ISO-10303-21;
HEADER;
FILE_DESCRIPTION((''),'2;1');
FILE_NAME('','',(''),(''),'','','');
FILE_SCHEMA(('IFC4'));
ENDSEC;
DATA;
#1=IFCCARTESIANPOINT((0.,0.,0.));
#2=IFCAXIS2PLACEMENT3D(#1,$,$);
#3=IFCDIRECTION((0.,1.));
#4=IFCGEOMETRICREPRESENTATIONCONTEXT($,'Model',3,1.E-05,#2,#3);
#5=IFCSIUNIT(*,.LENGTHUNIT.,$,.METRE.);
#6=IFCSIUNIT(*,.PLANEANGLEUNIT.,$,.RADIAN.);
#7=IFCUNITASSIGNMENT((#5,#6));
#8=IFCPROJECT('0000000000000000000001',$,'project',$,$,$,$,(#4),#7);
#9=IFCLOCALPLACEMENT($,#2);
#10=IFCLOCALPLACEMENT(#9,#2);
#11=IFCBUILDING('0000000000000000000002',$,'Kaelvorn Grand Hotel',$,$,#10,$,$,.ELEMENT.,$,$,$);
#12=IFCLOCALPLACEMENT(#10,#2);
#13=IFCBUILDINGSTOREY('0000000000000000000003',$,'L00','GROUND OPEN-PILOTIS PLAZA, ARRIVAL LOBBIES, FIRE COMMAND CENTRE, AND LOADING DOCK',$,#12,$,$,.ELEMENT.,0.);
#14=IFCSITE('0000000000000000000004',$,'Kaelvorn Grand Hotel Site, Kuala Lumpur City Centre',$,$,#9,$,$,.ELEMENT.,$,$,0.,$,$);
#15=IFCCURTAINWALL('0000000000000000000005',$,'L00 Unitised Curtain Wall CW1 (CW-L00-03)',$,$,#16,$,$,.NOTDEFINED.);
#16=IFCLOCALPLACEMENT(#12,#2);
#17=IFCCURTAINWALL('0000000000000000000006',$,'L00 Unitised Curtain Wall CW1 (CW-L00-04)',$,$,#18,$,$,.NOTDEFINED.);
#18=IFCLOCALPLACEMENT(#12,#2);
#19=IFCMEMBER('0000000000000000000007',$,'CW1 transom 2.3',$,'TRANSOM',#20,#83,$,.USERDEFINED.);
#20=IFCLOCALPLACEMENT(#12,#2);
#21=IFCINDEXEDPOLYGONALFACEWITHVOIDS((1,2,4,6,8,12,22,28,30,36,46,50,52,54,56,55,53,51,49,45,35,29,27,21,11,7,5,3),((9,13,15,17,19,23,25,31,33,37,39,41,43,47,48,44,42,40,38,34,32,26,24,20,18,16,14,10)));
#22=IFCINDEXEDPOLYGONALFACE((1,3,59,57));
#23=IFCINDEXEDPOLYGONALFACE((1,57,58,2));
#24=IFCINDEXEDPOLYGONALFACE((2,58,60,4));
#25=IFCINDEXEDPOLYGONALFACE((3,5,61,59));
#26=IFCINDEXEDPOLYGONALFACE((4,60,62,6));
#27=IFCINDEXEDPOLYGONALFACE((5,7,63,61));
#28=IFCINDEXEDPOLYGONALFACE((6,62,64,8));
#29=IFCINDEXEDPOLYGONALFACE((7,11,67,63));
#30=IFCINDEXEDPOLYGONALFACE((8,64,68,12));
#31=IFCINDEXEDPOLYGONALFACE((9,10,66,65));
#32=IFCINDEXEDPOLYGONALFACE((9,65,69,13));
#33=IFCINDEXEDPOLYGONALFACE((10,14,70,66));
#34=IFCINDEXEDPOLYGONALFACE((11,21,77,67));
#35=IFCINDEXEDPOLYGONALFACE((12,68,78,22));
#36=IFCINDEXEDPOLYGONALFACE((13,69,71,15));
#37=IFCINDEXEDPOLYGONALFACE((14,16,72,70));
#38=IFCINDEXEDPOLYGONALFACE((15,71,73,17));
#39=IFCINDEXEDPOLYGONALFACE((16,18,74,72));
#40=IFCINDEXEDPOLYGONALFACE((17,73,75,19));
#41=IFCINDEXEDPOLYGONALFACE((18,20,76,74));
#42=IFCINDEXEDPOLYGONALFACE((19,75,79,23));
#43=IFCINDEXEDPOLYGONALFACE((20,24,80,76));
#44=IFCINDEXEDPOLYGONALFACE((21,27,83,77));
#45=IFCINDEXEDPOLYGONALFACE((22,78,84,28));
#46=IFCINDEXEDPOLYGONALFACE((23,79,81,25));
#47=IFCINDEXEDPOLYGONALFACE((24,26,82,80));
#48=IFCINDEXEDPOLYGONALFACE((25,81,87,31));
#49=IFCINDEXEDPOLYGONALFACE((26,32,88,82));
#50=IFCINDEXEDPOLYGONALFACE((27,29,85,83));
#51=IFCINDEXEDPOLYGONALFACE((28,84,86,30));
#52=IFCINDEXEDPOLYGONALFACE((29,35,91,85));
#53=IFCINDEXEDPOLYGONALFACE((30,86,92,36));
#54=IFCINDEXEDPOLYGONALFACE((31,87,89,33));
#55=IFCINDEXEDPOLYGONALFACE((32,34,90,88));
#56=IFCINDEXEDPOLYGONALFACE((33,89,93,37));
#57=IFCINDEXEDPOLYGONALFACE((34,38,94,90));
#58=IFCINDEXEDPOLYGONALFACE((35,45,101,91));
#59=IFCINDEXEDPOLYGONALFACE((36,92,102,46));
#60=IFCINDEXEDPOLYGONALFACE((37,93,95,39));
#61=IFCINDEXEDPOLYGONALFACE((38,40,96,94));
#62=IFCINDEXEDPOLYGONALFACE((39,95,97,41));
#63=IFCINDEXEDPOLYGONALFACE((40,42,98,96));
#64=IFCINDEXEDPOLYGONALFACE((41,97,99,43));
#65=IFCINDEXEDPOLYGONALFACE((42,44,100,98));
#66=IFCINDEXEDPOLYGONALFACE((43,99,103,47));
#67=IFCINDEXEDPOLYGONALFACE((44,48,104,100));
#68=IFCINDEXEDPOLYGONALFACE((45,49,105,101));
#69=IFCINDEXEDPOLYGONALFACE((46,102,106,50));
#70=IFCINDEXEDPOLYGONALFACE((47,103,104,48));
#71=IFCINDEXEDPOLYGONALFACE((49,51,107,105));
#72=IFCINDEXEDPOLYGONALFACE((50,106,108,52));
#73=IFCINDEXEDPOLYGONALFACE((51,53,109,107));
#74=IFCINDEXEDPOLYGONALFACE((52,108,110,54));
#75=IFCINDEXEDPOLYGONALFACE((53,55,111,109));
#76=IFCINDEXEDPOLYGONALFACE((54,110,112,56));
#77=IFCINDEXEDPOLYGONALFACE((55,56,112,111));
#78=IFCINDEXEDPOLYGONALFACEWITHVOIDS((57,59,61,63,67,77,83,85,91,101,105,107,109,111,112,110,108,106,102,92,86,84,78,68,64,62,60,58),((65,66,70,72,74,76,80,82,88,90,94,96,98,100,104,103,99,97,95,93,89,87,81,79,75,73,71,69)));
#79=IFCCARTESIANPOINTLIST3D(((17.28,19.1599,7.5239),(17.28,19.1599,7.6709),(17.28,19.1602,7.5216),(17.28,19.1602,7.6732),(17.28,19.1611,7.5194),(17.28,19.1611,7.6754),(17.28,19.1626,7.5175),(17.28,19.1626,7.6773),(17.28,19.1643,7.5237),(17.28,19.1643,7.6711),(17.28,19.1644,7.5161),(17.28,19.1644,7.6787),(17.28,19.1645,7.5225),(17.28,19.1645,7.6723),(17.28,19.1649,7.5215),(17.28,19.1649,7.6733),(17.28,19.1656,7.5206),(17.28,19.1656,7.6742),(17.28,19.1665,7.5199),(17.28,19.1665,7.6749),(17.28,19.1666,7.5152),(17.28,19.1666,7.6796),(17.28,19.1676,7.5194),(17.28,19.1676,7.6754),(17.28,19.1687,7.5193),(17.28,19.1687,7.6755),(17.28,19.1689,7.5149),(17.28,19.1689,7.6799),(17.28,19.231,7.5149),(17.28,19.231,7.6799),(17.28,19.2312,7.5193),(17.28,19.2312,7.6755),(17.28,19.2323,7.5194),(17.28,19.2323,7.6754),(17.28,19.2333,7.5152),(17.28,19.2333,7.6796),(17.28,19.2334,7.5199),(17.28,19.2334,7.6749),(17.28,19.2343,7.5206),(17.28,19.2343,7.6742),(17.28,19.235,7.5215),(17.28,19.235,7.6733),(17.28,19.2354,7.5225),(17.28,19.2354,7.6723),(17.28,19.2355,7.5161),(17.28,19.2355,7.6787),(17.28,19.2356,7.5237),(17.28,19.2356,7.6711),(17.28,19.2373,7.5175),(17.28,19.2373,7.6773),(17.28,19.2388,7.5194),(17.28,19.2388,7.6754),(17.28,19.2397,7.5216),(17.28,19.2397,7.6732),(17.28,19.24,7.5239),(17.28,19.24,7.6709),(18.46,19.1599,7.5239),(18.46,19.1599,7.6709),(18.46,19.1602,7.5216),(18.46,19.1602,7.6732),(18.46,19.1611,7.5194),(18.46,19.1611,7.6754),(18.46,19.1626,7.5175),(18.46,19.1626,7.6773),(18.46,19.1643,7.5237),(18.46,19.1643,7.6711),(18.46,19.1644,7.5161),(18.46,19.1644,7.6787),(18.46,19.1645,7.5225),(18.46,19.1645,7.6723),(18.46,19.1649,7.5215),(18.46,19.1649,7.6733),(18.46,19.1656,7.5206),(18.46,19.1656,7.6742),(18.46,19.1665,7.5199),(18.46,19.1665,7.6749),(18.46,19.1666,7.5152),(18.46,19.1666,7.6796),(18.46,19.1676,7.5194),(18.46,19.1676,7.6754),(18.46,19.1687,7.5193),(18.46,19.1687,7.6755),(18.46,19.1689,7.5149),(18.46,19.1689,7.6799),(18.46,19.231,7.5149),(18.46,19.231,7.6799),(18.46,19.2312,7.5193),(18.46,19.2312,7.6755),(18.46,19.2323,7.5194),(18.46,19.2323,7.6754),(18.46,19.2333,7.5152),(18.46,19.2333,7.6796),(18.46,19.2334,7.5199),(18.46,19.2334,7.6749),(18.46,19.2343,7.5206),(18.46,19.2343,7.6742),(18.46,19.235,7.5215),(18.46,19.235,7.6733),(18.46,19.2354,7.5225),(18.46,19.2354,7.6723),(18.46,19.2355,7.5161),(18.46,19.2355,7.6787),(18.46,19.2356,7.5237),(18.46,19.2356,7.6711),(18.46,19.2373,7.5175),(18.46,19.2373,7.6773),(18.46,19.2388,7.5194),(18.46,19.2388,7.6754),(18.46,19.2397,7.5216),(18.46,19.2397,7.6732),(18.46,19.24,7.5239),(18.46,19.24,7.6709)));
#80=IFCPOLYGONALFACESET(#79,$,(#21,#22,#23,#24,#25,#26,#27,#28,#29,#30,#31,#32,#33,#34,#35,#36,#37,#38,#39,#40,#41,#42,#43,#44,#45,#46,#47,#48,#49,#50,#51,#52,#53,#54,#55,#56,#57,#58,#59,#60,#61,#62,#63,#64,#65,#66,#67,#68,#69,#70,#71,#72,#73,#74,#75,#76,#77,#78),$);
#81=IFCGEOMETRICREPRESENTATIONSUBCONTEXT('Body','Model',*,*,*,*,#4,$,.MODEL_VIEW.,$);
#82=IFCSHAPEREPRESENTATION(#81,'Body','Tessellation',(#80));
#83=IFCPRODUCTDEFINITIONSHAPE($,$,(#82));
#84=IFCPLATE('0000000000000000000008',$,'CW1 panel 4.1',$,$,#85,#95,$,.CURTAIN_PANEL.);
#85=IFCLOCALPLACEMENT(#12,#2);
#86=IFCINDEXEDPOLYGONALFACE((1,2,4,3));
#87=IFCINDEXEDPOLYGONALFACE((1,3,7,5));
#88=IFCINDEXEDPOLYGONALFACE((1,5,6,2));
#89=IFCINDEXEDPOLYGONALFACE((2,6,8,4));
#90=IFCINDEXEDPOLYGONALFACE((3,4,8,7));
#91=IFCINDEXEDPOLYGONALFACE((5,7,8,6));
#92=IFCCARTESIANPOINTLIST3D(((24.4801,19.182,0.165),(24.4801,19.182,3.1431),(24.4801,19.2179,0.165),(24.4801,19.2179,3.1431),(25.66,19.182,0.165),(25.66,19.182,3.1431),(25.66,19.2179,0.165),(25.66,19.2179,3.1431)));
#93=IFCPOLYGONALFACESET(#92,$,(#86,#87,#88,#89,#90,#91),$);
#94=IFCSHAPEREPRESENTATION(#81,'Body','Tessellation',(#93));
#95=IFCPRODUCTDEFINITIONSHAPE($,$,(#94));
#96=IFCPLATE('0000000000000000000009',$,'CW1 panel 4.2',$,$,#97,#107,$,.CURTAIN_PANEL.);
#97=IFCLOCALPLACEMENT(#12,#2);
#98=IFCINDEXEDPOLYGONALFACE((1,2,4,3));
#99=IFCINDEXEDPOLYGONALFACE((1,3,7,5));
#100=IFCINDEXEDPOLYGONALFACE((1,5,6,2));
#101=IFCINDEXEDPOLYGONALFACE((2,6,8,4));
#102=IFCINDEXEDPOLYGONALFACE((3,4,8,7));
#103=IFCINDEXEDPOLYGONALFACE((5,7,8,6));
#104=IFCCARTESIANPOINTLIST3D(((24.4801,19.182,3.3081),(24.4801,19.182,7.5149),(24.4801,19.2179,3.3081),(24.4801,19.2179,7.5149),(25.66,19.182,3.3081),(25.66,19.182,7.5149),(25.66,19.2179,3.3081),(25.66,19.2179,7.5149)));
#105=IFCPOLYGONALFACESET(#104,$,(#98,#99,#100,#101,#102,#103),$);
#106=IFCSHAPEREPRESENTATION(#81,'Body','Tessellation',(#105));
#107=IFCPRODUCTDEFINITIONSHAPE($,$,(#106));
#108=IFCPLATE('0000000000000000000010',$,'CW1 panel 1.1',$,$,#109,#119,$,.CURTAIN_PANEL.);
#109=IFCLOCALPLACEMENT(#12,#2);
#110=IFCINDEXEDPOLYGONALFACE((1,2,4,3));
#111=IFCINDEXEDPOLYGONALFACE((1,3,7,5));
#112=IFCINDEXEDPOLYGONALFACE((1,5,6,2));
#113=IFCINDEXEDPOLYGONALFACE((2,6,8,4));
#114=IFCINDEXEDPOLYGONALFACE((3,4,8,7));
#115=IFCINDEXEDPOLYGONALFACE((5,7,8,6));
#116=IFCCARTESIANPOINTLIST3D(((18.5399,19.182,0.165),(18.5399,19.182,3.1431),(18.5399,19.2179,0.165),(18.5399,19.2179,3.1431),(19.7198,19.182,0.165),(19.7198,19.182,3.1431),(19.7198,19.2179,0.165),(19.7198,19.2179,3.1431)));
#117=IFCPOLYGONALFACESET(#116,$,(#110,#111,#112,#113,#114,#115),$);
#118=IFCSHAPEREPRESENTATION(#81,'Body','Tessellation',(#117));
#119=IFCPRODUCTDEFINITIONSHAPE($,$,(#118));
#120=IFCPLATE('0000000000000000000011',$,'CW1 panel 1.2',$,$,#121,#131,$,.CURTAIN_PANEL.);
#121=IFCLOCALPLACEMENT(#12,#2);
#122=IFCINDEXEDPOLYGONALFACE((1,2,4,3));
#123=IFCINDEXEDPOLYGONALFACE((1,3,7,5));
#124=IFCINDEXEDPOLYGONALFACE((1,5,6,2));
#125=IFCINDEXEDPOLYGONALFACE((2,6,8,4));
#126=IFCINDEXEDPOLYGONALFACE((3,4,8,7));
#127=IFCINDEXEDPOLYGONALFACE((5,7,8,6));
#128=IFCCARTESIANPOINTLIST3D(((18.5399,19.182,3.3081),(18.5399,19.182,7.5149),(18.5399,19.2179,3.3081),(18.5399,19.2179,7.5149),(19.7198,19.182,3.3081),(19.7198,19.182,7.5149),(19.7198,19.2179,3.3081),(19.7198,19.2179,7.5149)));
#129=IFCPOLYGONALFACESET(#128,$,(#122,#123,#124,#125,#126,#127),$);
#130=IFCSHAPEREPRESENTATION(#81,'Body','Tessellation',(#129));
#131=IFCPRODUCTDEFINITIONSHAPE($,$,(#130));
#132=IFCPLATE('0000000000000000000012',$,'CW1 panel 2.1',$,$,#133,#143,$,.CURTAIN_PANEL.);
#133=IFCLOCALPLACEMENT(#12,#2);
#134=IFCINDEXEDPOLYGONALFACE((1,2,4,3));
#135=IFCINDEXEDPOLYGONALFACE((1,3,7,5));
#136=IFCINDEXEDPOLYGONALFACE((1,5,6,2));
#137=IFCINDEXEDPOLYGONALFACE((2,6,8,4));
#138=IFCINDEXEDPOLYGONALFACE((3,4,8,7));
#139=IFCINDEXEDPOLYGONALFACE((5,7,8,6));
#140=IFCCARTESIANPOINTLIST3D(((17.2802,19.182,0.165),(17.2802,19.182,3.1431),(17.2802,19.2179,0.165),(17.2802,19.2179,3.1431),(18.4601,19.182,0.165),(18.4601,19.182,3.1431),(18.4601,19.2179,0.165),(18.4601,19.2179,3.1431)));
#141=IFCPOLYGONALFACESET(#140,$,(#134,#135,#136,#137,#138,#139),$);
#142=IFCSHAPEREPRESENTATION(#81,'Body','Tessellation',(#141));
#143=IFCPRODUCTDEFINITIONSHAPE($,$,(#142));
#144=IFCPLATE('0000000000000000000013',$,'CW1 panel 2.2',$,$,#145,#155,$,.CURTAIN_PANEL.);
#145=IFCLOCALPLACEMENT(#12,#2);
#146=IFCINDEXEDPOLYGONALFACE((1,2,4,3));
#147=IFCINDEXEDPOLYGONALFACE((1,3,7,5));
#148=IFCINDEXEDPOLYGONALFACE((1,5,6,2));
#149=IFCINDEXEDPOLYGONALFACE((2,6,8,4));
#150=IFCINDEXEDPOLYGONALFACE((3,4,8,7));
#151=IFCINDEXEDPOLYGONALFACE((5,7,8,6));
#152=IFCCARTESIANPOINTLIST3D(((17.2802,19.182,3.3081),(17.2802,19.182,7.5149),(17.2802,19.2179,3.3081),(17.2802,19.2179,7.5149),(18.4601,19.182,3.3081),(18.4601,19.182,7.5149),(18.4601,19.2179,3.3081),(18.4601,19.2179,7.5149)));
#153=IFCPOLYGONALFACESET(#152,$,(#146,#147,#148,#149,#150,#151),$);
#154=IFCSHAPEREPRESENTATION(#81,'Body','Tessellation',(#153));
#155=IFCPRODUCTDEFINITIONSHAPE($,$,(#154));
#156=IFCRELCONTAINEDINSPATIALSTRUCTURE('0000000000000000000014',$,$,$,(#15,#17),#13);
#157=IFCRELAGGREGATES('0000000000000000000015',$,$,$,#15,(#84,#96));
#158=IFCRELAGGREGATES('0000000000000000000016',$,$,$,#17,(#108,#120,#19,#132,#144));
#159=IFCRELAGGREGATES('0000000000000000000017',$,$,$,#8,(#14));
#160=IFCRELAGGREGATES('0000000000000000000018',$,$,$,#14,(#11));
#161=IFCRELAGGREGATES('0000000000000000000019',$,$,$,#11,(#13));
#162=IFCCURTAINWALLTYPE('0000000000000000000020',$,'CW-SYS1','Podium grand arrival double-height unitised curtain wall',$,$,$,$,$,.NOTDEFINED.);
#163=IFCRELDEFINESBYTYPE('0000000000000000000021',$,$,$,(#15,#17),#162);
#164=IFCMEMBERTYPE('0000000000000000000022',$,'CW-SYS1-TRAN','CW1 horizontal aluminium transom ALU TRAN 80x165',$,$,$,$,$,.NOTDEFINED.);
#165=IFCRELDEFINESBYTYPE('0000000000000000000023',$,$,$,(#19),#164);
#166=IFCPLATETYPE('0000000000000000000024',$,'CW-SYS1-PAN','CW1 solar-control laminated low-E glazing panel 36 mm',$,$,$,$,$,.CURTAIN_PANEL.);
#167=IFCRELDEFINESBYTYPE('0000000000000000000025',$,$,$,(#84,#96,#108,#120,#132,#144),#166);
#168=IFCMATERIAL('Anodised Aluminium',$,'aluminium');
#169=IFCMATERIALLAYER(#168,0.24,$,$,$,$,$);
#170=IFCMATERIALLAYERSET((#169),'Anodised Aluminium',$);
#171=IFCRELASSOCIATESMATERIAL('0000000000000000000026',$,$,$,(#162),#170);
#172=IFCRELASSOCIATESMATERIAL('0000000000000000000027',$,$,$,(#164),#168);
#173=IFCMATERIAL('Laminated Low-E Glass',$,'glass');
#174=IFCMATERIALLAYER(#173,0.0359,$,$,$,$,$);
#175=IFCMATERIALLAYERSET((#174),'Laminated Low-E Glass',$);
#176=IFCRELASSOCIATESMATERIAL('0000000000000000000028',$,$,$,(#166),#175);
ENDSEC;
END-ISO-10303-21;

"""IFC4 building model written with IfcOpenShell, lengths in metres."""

from ifc_helpers import new_model, si_unit, direction, frame, origin, origin_2d, place, context, subcontext, project, spatial, rectangle, hollow_rectangle, extrude, material, layer, layer_set, material_profile, profile_set, type_object, element, aggregate, save


model = new_model("IFC4")

# Units and contexts
model_context = context("Model", 3, precision=1e-05, world=origin(), true_north=direction((0.0, 1.0)))
body_context = subcontext(model_context, "Body", "Model", "MODEL_VIEW")
ifc_project = project(units=[si_unit("LENGTHUNIT", "METRE"), si_unit("PLANEANGLEUNIT", "RADIAN")], contexts=[model_context])

# Site, building, storey
site_placement = place(None, origin())
site = spatial("IfcSite", under=ifc_project, at=site_placement, Name="Kaelvorn Grand Hotel Site, Kuala Lumpur City Centre", CompositionType="ELEMENT", RefElevation=0.0)
building_placement = place(site_placement, origin())
building = spatial("IfcBuilding", under=site, at=building_placement, Name="Kaelvorn Grand Hotel", CompositionType="ELEMENT")
storey_placement = place(building_placement, origin())
storey = spatial("IfcBuildingStorey", under=building, at=storey_placement, Name="L00", Description="GROUND OPEN-PILOTIS PLAZA, ARRIVAL LOBBIES, FIRE COMMAND CENTRE, AND LOADING DOCK", CompositionType="ELEMENT", Elevation=0.0)

# Curtain wall
ifc_material_1 = material(Name="Anodised Aluminium", Category="aluminium")
ifc_layer_1 = layer(ifc_material_1, 0.24)
ifc_layer_set_1 = layer_set([ifc_layer_1], Name="Anodised Aluminium")
curtain_wall_type = type_object("IfcCurtainWallType", Name="CW-SYS1", Description="Podium grand arrival double-height unitised curtain wall", PredefinedType="NOTDEFINED", material=ifc_layer_set_1)
curtain_wall_1_placement = place(storey_placement, origin())
curtain_wall_1 = element("IfcCurtainWall", 1, at=curtain_wall_1_placement, inside=storey, type_object=curtain_wall_type, Name="L00 Unitised Curtain Wall CW1 (CW-L00-03)", PredefinedType="NOTDEFINED")

# Curtain wall
curtain_wall_2_placement = place(storey_placement, origin())
curtain_wall_2 = element("IfcCurtainWall", 2, at=curtain_wall_2_placement, inside=storey, type_object=curtain_wall_type, Name="L00 Unitised Curtain Wall CW1 (CW-L00-04)", PredefinedType="NOTDEFINED")

# Member
ifc_material_profile_1 = material_profile(ifc_material_1, hollow_rectangle(XDim=0.0801, YDim=0.165, WallThickness=0.0044, InnerFilletRadius=0.0044, OuterFilletRadius=0.009, at=origin_2d()), Name="ALU TRAN 80x165")
ifc_profile_set_1 = profile_set([ifc_material_profile_1], Name="Anodised Aluminium")
member_type_1 = type_object("IfcMemberType", Name="CW-SYS1-TRAN", Description="CW1 horizontal aluminium transom ALU TRAN 80x165", PredefinedType="NOTDEFINED", material=ifc_profile_set_1)
member_1_placement = place(storey_placement, frame((18.46, 19.2, 7.5974), z_axis=(-1.0, 0.0, 0.0), x_axis=(0.0, -1.0, 0.0)))
member_1 = element("IfcMember", 3, at=member_1_placement, type_object=member_type_1, Name="CW1 transom 2.3", ObjectType="TRANSOM", PredefinedType="USERDEFINED", context=body_context, shape_type="SweptSolid", body=[
    extrude(hollow_rectangle(XDim=0.0801, YDim=0.165, WallThickness=0.0044, InnerFilletRadius=0.0044, OuterFilletRadius=0.009, at=origin_2d()), origin(), (0.0, 0.0, 1.0), 1.1799),
])

# Plates
ifc_material_2 = material(Name="Laminated Low-E Glass", Category="glass")
ifc_layer_2 = layer(ifc_material_2, 0.0359)
ifc_layer_set_2 = layer_set([ifc_layer_2], Name="Laminated Low-E Glass")
plate_type = type_object("IfcPlateType", Name="CW-SYS1-PAN", Description="CW1 solar-control laminated low-E glazing panel 36 mm", PredefinedType="CURTAIN_PANEL", material=ifc_layer_set_2)
plate_1_placement = place(storey_placement, frame((25.0701, 19.2, 0.165), z_axis=(0.0, 0.0, 1.0), x_axis=(-1.0, 0.0, 0.0)))
plate_1 = element("IfcPlate", 4, at=plate_1_placement, type_object=plate_type, Name="CW1 panel 4.1", PredefinedType="CURTAIN_PANEL", context=body_context, shape_type="SweptSolid", body=[
    extrude(rectangle(XDim=1.1799, YDim=0.0359, at=origin_2d()), origin(), (0.0, 0.0, 1.0), 2.978),
])
plate_2_placement = place(storey_placement, frame((25.0701, 19.2, 3.3081), z_axis=(0.0, 0.0, 1.0), x_axis=(-1.0, 0.0, 0.0)))
plate_2 = element("IfcPlate", 5, at=plate_2_placement, type_object=plate_type, Name="CW1 panel 4.2", PredefinedType="CURTAIN_PANEL", context=body_context, shape_type="SweptSolid", body=[
    extrude(rectangle(XDim=1.1799, YDim=0.0359, at=origin_2d()), origin(), (0.0, 0.0, 1.0), 4.2068),
])
aggregate(curtain_wall_1, [plate_1, plate_2])
plate_3_placement = place(storey_placement, frame((19.1299, 19.2, 0.165), z_axis=(0.0, 0.0, 1.0), x_axis=(-1.0, 0.0, 0.0)))
plate_3 = element("IfcPlate", 6, at=plate_3_placement, type_object=plate_type, Name="CW1 panel 1.1", PredefinedType="CURTAIN_PANEL", context=body_context, shape_type="SweptSolid", body=[
    extrude(rectangle(XDim=1.1799, YDim=0.0359, at=origin_2d()), origin(), (0.0, 0.0, 1.0), 2.978),
])
plate_4_placement = place(storey_placement, frame((19.1299, 19.2, 3.3081), z_axis=(0.0, 0.0, 1.0), x_axis=(-1.0, 0.0, 0.0)))
plate_4 = element("IfcPlate", 7, at=plate_4_placement, type_object=plate_type, Name="CW1 panel 1.2", PredefinedType="CURTAIN_PANEL", context=body_context, shape_type="SweptSolid", body=[
    extrude(rectangle(XDim=1.1799, YDim=0.0359, at=origin_2d()), origin(), (0.0, 0.0, 1.0), 4.2068),
])
plate_5_placement = place(storey_placement, frame((17.8701, 19.2, 0.165), z_axis=(0.0, 0.0, 1.0), x_axis=(-1.0, 0.0, 0.0)))
plate_5 = element("IfcPlate", 8, at=plate_5_placement, type_object=plate_type, Name="CW1 panel 2.1", PredefinedType="CURTAIN_PANEL", context=body_context, shape_type="SweptSolid", body=[
    extrude(rectangle(XDim=1.1799, YDim=0.0359, at=origin_2d()), origin(), (0.0, 0.0, 1.0), 2.978),
])
plate_6_placement = place(storey_placement, frame((17.8701, 19.2, 3.3081), z_axis=(0.0, 0.0, 1.0), x_axis=(-1.0, 0.0, 0.0)))
plate_6 = element("IfcPlate", 9, at=plate_6_placement, type_object=plate_type, Name="CW1 panel 2.2", PredefinedType="CURTAIN_PANEL", context=body_context, shape_type="SweptSolid", body=[
    extrude(rectangle(XDim=1.1799, YDim=0.0359, at=origin_2d()), origin(), (0.0, 0.0, 1.0), 4.2068),
])
aggregate(curtain_wall_2, [plate_3, plate_4, member_1, plate_5, plate_6])

save(model, "model.ifc")
